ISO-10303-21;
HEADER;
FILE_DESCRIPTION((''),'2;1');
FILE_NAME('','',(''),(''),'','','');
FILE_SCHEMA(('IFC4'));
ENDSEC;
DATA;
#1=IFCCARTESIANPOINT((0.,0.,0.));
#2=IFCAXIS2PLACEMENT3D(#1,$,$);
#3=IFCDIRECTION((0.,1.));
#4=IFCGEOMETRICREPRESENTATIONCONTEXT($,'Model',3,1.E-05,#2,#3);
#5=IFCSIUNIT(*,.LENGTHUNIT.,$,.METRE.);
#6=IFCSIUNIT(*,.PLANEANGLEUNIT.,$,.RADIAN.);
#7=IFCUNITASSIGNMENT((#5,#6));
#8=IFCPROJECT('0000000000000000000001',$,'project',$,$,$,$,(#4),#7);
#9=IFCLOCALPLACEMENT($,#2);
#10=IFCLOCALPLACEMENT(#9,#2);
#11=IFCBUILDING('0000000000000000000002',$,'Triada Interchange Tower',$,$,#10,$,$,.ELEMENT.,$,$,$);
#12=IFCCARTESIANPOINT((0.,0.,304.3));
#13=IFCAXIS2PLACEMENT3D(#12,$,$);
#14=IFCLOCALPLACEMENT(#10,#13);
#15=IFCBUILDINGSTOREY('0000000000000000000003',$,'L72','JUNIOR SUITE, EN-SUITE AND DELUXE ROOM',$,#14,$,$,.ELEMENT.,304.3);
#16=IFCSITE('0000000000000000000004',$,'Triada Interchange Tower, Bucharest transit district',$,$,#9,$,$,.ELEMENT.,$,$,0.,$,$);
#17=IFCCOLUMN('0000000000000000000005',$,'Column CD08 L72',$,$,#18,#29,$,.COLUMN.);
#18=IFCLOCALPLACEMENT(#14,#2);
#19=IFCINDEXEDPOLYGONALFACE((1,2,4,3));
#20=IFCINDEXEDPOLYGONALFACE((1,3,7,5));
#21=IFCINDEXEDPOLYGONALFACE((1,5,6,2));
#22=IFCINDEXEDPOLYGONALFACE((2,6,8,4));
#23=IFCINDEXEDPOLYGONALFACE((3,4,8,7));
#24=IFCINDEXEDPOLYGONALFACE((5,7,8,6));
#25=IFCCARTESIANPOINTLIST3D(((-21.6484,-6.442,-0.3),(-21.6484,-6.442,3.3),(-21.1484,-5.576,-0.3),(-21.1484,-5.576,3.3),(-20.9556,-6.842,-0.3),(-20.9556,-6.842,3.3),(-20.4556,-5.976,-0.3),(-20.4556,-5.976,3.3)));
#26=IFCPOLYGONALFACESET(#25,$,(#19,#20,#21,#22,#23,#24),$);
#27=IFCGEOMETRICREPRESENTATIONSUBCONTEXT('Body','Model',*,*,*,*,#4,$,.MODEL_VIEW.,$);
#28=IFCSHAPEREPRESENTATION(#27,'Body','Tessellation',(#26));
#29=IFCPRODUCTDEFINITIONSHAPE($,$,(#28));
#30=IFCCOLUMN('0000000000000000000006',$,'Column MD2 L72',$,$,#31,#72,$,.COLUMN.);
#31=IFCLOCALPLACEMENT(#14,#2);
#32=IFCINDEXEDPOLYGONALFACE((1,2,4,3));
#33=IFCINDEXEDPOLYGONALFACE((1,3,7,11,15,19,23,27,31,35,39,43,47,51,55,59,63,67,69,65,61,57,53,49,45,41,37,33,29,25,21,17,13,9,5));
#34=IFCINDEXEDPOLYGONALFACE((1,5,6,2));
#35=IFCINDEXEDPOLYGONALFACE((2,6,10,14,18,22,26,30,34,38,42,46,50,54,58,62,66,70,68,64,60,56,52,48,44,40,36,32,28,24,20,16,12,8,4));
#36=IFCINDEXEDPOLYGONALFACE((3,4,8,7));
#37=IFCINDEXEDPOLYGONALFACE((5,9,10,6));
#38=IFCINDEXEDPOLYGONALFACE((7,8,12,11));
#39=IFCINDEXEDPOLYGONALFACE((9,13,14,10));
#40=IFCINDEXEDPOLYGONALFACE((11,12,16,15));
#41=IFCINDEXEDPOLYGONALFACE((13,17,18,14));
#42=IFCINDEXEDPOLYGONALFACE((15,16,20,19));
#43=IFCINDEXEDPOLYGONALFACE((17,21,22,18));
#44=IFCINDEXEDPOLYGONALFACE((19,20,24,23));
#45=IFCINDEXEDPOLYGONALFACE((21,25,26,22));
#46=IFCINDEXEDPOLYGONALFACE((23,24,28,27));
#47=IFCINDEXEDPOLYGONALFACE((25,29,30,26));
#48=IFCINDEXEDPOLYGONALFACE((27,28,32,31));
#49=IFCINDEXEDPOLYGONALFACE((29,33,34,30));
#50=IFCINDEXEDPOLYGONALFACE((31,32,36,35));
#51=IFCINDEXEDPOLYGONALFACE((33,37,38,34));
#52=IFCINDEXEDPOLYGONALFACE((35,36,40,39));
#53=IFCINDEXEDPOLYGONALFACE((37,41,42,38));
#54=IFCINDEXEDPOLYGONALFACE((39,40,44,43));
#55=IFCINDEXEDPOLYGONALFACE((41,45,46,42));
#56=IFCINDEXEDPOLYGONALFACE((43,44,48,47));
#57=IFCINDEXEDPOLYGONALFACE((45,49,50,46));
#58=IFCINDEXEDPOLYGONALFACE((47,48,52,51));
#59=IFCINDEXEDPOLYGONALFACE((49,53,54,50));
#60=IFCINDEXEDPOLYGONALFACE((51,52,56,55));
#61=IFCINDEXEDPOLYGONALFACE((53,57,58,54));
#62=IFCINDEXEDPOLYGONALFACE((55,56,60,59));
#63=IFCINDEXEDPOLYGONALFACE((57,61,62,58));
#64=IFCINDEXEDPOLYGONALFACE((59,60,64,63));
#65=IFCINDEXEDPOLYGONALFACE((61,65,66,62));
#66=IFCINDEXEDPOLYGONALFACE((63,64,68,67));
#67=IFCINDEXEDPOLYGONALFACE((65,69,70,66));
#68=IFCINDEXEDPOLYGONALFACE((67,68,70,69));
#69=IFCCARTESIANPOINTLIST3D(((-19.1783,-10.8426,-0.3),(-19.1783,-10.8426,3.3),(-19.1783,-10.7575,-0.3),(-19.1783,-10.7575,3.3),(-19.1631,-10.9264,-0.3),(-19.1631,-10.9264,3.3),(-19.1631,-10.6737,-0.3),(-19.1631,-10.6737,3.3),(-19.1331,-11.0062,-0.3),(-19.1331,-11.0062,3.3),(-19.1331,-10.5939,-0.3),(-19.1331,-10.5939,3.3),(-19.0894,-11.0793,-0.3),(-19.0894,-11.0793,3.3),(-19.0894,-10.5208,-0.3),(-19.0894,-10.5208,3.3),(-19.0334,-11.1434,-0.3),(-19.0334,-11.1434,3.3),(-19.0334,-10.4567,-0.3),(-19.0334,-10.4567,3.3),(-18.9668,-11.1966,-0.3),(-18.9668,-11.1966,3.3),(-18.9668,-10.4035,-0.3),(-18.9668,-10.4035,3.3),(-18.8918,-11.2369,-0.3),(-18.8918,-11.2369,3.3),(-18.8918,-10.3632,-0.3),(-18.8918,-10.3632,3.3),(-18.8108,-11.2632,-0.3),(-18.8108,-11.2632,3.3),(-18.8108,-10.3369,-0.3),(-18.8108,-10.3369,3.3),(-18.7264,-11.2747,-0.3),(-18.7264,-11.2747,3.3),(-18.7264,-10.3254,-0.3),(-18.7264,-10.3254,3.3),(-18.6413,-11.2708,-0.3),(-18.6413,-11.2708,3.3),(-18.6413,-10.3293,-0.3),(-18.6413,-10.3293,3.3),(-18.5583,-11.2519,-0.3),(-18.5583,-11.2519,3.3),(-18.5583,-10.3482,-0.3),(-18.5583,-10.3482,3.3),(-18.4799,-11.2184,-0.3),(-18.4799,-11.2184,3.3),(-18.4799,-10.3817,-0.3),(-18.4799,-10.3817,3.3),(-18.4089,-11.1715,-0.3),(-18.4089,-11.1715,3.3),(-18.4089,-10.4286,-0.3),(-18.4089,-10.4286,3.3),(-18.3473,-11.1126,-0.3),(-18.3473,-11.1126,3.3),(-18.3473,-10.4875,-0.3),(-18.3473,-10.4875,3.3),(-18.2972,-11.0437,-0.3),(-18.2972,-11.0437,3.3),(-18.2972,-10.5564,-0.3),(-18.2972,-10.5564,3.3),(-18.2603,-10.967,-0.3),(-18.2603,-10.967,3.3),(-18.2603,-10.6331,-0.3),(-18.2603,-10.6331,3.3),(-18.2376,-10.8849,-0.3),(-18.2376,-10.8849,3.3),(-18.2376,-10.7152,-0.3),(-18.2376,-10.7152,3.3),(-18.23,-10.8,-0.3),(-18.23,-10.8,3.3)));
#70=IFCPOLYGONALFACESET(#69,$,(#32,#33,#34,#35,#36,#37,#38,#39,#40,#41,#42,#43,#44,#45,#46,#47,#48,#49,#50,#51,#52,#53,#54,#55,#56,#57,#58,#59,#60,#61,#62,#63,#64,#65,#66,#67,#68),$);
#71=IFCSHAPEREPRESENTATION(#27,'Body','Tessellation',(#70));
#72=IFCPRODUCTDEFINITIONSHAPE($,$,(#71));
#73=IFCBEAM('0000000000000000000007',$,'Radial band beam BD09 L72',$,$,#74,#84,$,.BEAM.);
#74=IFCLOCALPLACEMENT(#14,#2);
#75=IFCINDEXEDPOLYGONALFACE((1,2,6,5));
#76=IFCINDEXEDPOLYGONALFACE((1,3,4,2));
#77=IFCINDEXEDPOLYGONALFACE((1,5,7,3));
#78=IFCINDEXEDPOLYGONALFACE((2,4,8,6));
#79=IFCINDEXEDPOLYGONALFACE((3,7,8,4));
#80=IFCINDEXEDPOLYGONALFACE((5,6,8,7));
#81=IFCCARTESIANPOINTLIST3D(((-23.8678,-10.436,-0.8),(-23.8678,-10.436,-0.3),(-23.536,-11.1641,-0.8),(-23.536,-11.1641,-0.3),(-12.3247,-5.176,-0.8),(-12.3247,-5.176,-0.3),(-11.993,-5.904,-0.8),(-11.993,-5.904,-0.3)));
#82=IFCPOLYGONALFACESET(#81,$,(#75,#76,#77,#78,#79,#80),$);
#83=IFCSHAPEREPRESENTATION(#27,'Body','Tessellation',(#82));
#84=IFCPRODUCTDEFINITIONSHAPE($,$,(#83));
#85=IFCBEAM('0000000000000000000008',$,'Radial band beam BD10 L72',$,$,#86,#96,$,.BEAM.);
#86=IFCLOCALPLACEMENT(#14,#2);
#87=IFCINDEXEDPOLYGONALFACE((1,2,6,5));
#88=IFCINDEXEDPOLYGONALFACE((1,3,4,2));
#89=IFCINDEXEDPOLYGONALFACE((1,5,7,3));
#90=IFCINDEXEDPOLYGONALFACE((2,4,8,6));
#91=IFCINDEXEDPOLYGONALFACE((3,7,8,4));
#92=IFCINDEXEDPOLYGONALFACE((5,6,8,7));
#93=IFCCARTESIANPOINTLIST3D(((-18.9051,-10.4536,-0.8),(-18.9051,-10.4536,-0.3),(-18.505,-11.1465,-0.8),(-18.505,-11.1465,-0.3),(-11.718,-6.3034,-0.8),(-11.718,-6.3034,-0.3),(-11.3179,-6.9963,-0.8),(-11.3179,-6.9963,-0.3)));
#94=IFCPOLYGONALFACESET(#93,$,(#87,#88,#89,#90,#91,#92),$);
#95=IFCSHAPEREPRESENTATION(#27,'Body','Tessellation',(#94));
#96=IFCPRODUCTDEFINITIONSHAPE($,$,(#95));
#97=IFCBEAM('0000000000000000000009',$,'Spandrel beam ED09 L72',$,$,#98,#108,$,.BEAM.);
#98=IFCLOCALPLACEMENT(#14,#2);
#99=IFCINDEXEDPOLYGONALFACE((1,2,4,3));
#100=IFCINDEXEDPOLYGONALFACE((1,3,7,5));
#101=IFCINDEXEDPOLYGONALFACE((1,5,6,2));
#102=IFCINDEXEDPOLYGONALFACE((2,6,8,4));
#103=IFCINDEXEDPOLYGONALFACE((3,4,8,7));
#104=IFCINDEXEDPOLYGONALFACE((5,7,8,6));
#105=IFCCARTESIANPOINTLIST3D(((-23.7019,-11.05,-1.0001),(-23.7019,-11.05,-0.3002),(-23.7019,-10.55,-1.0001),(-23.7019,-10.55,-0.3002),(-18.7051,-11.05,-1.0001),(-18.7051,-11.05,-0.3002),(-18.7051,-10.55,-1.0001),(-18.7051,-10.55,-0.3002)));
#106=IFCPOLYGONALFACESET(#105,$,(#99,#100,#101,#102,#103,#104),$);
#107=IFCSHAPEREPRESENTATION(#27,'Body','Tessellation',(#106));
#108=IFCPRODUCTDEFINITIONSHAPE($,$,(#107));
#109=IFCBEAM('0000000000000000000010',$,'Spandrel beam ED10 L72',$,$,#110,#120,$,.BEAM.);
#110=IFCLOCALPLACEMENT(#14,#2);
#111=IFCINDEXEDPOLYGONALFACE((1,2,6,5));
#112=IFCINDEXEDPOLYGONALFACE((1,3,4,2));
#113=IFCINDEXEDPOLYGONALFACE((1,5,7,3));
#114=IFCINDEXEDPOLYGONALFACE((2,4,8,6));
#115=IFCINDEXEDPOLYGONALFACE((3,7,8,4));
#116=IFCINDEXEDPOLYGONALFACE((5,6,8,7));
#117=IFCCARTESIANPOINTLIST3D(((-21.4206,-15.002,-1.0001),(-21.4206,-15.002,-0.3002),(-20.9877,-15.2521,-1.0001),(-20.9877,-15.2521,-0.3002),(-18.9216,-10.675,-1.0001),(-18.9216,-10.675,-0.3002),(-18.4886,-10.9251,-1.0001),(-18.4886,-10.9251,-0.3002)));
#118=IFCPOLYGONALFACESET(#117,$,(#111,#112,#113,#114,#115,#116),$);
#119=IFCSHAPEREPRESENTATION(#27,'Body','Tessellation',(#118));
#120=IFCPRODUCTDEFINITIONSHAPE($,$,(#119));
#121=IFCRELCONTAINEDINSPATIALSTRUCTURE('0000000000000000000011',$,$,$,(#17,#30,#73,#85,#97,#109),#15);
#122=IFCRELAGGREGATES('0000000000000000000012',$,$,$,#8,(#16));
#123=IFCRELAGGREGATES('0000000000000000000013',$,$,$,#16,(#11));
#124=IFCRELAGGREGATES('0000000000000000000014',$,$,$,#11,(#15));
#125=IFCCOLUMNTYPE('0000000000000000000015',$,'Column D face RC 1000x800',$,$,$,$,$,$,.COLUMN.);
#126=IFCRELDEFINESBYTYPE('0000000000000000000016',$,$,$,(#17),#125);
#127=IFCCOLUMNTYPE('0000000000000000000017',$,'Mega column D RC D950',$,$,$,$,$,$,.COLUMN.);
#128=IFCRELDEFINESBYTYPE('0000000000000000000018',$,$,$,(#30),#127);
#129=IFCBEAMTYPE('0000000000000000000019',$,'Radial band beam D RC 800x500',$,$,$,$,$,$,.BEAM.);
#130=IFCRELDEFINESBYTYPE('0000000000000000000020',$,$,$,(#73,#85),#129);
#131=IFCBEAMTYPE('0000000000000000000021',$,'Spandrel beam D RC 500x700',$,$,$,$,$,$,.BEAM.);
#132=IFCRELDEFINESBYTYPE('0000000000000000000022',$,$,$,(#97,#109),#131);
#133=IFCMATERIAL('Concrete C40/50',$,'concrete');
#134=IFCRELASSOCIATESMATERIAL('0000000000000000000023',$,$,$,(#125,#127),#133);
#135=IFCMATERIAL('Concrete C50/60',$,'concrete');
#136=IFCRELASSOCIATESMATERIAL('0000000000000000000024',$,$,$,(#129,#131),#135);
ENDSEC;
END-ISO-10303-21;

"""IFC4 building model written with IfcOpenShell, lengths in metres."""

from ifc_helpers import new_model, si_unit, direction, frame, origin, origin_2d, place, context, subcontext, project, spatial, rectangle, circle, extrude, material, material_profile, profile_set, type_object, element, save


model = new_model("IFC4")

# Units and contexts
model_context = context("Model", 3, precision=1e-05, world=origin(), true_north=direction((0.0, 1.0)))
body_context = subcontext(model_context, "Body", "Model", "MODEL_VIEW")
ifc_project = project(units=[si_unit("LENGTHUNIT", "METRE"), si_unit("PLANEANGLEUNIT", "RADIAN")], contexts=[model_context])

# Site, building, storey
site_placement = place(None, origin())
site = spatial("IfcSite", under=ifc_project, at=site_placement, Name="Triada Interchange Tower, Bucharest transit district", CompositionType="ELEMENT", RefElevation=0.0)
building_placement = place(site_placement, origin())
building = spatial("IfcBuilding", under=site, at=building_placement, Name="Triada Interchange Tower", CompositionType="ELEMENT")
storey_placement = place(building_placement, frame((0.0, 0.0, 304.3)))
storey = spatial("IfcBuildingStorey", under=building, at=storey_placement, Name="L72", Description="JUNIOR SUITE, EN-SUITE AND DELUXE ROOM", CompositionType="ELEMENT", Elevation=304.3)

# Columns
ifc_material_1 = material(Name="Concrete C40/50", Category="concrete")
ifc_material_profile_1 = material_profile(ifc_material_1, rectangle(XDim=1.0, YDim=0.8, at=origin_2d()), Name="RC 1000x800")
ifc_profile_set_1 = profile_set([ifc_material_profile_1], Name="Concrete C40/50")
column_type_1 = type_object("IfcColumnType", Name="Column D face RC 1000x800", PredefinedType="COLUMN", material=ifc_profile_set_1)
column_1_placement = place(storey_placement, frame((-21.052, -6.209, -0.3), z_axis=(0.0, 0.0, 1.0), x_axis=(0.5, 0.866025, 0.0)))
element("IfcColumn", 1, at=column_1_placement, inside=storey, type_object=column_type_1, Name="Column CD08 L72", PredefinedType="COLUMN", context=body_context, shape_type="SweptSolid", body=[
    extrude(rectangle(XDim=1.0, YDim=0.8, at=origin_2d()), origin(), (0.0, 0.0, 1.0), 3.6001),
])
ifc_material_profile_2 = material_profile(ifc_material_1, circle(Radius=0.4751, at=origin_2d()), Name="RC D950")
ifc_profile_set_2 = profile_set([ifc_material_profile_2], Name="Concrete C40/50")
column_type_2 = type_object("IfcColumnType", Name="Mega column D RC D950", PredefinedType="COLUMN", material=ifc_profile_set_2)
column_2_placement = place(storey_placement, frame((-18.7051, -10.8, -0.3), z_axis=(0.0, 0.0, 1.0), x_axis=(1.0, 0.0, 0.0)))
element("IfcColumn", 2, at=column_2_placement, inside=storey, type_object=column_type_2, Name="Column MD2 L72", PredefinedType="COLUMN", context=body_context, shape_type="SweptSolid", body=[
    extrude(circle(Radius=0.4751, at=origin_2d()), origin(), (0.0, 0.0, 1.0), 3.6001),
])

# Beams
ifc_material_2 = material(Name="Concrete C50/60", Category="concrete")
ifc_material_profile_3 = material_profile(ifc_material_2, rectangle(XDim=0.8, YDim=0.5, at=origin_2d()), Name="RC 800x500")
ifc_profile_set_3 = profile_set([ifc_material_profile_3], Name="Concrete C50/60")
beam_type_1 = type_object("IfcBeamType", Name="Radial band beam D RC 800x500", PredefinedType="BEAM", material=ifc_profile_set_3)
beam_1_placement = place(storey_placement, frame((-23.7019, -10.8, -0.55), z_axis=(0.909974, 0.414666, 0.0), x_axis=(-0.414666, 0.909974, 0.0)))
element("IfcBeam", 3, at=beam_1_placement, inside=storey, type_object=beam_type_1, Name="Radial band beam BD09 L72", PredefinedType="BEAM", context=body_context, shape_type="SweptSolid", body=[
    extrude(rectangle(XDim=0.8, YDim=0.5, at=origin_2d()), origin(), (0.0, 0.0, 1.0), 12.6851),
])
beam_2_placement = place(storey_placement, frame((-18.7051, -10.8, -0.55), z_axis=(0.865988, 0.500065, 0.0), x_axis=(-0.500065, 0.865988, 0.0)))
element("IfcBeam", 4, at=beam_2_placement, inside=storey, type_object=beam_type_1, Name="Radial band beam BD10 L72", PredefinedType="BEAM", context=body_context, shape_type="SweptSolid", body=[
    extrude(rectangle(XDim=0.8, YDim=0.5, at=origin_2d()), origin(), (0.0, 0.0, 1.0), 8.2993),
])
ifc_material_profile_4 = material_profile(ifc_material_2, rectangle(XDim=0.5, YDim=0.7, at=origin_2d()), Name="RC 500x700")
ifc_profile_set_4 = profile_set([ifc_material_profile_4], Name="Concrete C50/60")
beam_type_2 = type_object("IfcBeamType", Name="Spandrel beam D RC 500x700", PredefinedType="BEAM", material=ifc_profile_set_4)
for number, where, z_axis, x_axis, name in (
    (5, (-23.7019, -10.8, -0.6501), (1.0, 0.0, 0.0), (0.0, 1.0, 0.0), "Spandrel beam ED09 L72"),
    (6, (-18.7051, -10.8, -0.6501), (-0.500133, -0.865949, 0.0), (0.865949, -0.500133, 0.0), "Spandrel beam ED10 L72"),
):
    element("IfcBeam", number, at=place(storey_placement, frame(where, z_axis=z_axis, x_axis=x_axis)), inside=storey, type_object=beam_type_2, Name=name, PredefinedType="BEAM", context=body_context, shape_type="SweptSolid", body=[
        extrude(rectangle(XDim=0.5, YDim=0.7, at=origin_2d()), origin(), (0.0, 0.0, 1.0), 4.9968),
    ])

save(model, "model.ifc")
